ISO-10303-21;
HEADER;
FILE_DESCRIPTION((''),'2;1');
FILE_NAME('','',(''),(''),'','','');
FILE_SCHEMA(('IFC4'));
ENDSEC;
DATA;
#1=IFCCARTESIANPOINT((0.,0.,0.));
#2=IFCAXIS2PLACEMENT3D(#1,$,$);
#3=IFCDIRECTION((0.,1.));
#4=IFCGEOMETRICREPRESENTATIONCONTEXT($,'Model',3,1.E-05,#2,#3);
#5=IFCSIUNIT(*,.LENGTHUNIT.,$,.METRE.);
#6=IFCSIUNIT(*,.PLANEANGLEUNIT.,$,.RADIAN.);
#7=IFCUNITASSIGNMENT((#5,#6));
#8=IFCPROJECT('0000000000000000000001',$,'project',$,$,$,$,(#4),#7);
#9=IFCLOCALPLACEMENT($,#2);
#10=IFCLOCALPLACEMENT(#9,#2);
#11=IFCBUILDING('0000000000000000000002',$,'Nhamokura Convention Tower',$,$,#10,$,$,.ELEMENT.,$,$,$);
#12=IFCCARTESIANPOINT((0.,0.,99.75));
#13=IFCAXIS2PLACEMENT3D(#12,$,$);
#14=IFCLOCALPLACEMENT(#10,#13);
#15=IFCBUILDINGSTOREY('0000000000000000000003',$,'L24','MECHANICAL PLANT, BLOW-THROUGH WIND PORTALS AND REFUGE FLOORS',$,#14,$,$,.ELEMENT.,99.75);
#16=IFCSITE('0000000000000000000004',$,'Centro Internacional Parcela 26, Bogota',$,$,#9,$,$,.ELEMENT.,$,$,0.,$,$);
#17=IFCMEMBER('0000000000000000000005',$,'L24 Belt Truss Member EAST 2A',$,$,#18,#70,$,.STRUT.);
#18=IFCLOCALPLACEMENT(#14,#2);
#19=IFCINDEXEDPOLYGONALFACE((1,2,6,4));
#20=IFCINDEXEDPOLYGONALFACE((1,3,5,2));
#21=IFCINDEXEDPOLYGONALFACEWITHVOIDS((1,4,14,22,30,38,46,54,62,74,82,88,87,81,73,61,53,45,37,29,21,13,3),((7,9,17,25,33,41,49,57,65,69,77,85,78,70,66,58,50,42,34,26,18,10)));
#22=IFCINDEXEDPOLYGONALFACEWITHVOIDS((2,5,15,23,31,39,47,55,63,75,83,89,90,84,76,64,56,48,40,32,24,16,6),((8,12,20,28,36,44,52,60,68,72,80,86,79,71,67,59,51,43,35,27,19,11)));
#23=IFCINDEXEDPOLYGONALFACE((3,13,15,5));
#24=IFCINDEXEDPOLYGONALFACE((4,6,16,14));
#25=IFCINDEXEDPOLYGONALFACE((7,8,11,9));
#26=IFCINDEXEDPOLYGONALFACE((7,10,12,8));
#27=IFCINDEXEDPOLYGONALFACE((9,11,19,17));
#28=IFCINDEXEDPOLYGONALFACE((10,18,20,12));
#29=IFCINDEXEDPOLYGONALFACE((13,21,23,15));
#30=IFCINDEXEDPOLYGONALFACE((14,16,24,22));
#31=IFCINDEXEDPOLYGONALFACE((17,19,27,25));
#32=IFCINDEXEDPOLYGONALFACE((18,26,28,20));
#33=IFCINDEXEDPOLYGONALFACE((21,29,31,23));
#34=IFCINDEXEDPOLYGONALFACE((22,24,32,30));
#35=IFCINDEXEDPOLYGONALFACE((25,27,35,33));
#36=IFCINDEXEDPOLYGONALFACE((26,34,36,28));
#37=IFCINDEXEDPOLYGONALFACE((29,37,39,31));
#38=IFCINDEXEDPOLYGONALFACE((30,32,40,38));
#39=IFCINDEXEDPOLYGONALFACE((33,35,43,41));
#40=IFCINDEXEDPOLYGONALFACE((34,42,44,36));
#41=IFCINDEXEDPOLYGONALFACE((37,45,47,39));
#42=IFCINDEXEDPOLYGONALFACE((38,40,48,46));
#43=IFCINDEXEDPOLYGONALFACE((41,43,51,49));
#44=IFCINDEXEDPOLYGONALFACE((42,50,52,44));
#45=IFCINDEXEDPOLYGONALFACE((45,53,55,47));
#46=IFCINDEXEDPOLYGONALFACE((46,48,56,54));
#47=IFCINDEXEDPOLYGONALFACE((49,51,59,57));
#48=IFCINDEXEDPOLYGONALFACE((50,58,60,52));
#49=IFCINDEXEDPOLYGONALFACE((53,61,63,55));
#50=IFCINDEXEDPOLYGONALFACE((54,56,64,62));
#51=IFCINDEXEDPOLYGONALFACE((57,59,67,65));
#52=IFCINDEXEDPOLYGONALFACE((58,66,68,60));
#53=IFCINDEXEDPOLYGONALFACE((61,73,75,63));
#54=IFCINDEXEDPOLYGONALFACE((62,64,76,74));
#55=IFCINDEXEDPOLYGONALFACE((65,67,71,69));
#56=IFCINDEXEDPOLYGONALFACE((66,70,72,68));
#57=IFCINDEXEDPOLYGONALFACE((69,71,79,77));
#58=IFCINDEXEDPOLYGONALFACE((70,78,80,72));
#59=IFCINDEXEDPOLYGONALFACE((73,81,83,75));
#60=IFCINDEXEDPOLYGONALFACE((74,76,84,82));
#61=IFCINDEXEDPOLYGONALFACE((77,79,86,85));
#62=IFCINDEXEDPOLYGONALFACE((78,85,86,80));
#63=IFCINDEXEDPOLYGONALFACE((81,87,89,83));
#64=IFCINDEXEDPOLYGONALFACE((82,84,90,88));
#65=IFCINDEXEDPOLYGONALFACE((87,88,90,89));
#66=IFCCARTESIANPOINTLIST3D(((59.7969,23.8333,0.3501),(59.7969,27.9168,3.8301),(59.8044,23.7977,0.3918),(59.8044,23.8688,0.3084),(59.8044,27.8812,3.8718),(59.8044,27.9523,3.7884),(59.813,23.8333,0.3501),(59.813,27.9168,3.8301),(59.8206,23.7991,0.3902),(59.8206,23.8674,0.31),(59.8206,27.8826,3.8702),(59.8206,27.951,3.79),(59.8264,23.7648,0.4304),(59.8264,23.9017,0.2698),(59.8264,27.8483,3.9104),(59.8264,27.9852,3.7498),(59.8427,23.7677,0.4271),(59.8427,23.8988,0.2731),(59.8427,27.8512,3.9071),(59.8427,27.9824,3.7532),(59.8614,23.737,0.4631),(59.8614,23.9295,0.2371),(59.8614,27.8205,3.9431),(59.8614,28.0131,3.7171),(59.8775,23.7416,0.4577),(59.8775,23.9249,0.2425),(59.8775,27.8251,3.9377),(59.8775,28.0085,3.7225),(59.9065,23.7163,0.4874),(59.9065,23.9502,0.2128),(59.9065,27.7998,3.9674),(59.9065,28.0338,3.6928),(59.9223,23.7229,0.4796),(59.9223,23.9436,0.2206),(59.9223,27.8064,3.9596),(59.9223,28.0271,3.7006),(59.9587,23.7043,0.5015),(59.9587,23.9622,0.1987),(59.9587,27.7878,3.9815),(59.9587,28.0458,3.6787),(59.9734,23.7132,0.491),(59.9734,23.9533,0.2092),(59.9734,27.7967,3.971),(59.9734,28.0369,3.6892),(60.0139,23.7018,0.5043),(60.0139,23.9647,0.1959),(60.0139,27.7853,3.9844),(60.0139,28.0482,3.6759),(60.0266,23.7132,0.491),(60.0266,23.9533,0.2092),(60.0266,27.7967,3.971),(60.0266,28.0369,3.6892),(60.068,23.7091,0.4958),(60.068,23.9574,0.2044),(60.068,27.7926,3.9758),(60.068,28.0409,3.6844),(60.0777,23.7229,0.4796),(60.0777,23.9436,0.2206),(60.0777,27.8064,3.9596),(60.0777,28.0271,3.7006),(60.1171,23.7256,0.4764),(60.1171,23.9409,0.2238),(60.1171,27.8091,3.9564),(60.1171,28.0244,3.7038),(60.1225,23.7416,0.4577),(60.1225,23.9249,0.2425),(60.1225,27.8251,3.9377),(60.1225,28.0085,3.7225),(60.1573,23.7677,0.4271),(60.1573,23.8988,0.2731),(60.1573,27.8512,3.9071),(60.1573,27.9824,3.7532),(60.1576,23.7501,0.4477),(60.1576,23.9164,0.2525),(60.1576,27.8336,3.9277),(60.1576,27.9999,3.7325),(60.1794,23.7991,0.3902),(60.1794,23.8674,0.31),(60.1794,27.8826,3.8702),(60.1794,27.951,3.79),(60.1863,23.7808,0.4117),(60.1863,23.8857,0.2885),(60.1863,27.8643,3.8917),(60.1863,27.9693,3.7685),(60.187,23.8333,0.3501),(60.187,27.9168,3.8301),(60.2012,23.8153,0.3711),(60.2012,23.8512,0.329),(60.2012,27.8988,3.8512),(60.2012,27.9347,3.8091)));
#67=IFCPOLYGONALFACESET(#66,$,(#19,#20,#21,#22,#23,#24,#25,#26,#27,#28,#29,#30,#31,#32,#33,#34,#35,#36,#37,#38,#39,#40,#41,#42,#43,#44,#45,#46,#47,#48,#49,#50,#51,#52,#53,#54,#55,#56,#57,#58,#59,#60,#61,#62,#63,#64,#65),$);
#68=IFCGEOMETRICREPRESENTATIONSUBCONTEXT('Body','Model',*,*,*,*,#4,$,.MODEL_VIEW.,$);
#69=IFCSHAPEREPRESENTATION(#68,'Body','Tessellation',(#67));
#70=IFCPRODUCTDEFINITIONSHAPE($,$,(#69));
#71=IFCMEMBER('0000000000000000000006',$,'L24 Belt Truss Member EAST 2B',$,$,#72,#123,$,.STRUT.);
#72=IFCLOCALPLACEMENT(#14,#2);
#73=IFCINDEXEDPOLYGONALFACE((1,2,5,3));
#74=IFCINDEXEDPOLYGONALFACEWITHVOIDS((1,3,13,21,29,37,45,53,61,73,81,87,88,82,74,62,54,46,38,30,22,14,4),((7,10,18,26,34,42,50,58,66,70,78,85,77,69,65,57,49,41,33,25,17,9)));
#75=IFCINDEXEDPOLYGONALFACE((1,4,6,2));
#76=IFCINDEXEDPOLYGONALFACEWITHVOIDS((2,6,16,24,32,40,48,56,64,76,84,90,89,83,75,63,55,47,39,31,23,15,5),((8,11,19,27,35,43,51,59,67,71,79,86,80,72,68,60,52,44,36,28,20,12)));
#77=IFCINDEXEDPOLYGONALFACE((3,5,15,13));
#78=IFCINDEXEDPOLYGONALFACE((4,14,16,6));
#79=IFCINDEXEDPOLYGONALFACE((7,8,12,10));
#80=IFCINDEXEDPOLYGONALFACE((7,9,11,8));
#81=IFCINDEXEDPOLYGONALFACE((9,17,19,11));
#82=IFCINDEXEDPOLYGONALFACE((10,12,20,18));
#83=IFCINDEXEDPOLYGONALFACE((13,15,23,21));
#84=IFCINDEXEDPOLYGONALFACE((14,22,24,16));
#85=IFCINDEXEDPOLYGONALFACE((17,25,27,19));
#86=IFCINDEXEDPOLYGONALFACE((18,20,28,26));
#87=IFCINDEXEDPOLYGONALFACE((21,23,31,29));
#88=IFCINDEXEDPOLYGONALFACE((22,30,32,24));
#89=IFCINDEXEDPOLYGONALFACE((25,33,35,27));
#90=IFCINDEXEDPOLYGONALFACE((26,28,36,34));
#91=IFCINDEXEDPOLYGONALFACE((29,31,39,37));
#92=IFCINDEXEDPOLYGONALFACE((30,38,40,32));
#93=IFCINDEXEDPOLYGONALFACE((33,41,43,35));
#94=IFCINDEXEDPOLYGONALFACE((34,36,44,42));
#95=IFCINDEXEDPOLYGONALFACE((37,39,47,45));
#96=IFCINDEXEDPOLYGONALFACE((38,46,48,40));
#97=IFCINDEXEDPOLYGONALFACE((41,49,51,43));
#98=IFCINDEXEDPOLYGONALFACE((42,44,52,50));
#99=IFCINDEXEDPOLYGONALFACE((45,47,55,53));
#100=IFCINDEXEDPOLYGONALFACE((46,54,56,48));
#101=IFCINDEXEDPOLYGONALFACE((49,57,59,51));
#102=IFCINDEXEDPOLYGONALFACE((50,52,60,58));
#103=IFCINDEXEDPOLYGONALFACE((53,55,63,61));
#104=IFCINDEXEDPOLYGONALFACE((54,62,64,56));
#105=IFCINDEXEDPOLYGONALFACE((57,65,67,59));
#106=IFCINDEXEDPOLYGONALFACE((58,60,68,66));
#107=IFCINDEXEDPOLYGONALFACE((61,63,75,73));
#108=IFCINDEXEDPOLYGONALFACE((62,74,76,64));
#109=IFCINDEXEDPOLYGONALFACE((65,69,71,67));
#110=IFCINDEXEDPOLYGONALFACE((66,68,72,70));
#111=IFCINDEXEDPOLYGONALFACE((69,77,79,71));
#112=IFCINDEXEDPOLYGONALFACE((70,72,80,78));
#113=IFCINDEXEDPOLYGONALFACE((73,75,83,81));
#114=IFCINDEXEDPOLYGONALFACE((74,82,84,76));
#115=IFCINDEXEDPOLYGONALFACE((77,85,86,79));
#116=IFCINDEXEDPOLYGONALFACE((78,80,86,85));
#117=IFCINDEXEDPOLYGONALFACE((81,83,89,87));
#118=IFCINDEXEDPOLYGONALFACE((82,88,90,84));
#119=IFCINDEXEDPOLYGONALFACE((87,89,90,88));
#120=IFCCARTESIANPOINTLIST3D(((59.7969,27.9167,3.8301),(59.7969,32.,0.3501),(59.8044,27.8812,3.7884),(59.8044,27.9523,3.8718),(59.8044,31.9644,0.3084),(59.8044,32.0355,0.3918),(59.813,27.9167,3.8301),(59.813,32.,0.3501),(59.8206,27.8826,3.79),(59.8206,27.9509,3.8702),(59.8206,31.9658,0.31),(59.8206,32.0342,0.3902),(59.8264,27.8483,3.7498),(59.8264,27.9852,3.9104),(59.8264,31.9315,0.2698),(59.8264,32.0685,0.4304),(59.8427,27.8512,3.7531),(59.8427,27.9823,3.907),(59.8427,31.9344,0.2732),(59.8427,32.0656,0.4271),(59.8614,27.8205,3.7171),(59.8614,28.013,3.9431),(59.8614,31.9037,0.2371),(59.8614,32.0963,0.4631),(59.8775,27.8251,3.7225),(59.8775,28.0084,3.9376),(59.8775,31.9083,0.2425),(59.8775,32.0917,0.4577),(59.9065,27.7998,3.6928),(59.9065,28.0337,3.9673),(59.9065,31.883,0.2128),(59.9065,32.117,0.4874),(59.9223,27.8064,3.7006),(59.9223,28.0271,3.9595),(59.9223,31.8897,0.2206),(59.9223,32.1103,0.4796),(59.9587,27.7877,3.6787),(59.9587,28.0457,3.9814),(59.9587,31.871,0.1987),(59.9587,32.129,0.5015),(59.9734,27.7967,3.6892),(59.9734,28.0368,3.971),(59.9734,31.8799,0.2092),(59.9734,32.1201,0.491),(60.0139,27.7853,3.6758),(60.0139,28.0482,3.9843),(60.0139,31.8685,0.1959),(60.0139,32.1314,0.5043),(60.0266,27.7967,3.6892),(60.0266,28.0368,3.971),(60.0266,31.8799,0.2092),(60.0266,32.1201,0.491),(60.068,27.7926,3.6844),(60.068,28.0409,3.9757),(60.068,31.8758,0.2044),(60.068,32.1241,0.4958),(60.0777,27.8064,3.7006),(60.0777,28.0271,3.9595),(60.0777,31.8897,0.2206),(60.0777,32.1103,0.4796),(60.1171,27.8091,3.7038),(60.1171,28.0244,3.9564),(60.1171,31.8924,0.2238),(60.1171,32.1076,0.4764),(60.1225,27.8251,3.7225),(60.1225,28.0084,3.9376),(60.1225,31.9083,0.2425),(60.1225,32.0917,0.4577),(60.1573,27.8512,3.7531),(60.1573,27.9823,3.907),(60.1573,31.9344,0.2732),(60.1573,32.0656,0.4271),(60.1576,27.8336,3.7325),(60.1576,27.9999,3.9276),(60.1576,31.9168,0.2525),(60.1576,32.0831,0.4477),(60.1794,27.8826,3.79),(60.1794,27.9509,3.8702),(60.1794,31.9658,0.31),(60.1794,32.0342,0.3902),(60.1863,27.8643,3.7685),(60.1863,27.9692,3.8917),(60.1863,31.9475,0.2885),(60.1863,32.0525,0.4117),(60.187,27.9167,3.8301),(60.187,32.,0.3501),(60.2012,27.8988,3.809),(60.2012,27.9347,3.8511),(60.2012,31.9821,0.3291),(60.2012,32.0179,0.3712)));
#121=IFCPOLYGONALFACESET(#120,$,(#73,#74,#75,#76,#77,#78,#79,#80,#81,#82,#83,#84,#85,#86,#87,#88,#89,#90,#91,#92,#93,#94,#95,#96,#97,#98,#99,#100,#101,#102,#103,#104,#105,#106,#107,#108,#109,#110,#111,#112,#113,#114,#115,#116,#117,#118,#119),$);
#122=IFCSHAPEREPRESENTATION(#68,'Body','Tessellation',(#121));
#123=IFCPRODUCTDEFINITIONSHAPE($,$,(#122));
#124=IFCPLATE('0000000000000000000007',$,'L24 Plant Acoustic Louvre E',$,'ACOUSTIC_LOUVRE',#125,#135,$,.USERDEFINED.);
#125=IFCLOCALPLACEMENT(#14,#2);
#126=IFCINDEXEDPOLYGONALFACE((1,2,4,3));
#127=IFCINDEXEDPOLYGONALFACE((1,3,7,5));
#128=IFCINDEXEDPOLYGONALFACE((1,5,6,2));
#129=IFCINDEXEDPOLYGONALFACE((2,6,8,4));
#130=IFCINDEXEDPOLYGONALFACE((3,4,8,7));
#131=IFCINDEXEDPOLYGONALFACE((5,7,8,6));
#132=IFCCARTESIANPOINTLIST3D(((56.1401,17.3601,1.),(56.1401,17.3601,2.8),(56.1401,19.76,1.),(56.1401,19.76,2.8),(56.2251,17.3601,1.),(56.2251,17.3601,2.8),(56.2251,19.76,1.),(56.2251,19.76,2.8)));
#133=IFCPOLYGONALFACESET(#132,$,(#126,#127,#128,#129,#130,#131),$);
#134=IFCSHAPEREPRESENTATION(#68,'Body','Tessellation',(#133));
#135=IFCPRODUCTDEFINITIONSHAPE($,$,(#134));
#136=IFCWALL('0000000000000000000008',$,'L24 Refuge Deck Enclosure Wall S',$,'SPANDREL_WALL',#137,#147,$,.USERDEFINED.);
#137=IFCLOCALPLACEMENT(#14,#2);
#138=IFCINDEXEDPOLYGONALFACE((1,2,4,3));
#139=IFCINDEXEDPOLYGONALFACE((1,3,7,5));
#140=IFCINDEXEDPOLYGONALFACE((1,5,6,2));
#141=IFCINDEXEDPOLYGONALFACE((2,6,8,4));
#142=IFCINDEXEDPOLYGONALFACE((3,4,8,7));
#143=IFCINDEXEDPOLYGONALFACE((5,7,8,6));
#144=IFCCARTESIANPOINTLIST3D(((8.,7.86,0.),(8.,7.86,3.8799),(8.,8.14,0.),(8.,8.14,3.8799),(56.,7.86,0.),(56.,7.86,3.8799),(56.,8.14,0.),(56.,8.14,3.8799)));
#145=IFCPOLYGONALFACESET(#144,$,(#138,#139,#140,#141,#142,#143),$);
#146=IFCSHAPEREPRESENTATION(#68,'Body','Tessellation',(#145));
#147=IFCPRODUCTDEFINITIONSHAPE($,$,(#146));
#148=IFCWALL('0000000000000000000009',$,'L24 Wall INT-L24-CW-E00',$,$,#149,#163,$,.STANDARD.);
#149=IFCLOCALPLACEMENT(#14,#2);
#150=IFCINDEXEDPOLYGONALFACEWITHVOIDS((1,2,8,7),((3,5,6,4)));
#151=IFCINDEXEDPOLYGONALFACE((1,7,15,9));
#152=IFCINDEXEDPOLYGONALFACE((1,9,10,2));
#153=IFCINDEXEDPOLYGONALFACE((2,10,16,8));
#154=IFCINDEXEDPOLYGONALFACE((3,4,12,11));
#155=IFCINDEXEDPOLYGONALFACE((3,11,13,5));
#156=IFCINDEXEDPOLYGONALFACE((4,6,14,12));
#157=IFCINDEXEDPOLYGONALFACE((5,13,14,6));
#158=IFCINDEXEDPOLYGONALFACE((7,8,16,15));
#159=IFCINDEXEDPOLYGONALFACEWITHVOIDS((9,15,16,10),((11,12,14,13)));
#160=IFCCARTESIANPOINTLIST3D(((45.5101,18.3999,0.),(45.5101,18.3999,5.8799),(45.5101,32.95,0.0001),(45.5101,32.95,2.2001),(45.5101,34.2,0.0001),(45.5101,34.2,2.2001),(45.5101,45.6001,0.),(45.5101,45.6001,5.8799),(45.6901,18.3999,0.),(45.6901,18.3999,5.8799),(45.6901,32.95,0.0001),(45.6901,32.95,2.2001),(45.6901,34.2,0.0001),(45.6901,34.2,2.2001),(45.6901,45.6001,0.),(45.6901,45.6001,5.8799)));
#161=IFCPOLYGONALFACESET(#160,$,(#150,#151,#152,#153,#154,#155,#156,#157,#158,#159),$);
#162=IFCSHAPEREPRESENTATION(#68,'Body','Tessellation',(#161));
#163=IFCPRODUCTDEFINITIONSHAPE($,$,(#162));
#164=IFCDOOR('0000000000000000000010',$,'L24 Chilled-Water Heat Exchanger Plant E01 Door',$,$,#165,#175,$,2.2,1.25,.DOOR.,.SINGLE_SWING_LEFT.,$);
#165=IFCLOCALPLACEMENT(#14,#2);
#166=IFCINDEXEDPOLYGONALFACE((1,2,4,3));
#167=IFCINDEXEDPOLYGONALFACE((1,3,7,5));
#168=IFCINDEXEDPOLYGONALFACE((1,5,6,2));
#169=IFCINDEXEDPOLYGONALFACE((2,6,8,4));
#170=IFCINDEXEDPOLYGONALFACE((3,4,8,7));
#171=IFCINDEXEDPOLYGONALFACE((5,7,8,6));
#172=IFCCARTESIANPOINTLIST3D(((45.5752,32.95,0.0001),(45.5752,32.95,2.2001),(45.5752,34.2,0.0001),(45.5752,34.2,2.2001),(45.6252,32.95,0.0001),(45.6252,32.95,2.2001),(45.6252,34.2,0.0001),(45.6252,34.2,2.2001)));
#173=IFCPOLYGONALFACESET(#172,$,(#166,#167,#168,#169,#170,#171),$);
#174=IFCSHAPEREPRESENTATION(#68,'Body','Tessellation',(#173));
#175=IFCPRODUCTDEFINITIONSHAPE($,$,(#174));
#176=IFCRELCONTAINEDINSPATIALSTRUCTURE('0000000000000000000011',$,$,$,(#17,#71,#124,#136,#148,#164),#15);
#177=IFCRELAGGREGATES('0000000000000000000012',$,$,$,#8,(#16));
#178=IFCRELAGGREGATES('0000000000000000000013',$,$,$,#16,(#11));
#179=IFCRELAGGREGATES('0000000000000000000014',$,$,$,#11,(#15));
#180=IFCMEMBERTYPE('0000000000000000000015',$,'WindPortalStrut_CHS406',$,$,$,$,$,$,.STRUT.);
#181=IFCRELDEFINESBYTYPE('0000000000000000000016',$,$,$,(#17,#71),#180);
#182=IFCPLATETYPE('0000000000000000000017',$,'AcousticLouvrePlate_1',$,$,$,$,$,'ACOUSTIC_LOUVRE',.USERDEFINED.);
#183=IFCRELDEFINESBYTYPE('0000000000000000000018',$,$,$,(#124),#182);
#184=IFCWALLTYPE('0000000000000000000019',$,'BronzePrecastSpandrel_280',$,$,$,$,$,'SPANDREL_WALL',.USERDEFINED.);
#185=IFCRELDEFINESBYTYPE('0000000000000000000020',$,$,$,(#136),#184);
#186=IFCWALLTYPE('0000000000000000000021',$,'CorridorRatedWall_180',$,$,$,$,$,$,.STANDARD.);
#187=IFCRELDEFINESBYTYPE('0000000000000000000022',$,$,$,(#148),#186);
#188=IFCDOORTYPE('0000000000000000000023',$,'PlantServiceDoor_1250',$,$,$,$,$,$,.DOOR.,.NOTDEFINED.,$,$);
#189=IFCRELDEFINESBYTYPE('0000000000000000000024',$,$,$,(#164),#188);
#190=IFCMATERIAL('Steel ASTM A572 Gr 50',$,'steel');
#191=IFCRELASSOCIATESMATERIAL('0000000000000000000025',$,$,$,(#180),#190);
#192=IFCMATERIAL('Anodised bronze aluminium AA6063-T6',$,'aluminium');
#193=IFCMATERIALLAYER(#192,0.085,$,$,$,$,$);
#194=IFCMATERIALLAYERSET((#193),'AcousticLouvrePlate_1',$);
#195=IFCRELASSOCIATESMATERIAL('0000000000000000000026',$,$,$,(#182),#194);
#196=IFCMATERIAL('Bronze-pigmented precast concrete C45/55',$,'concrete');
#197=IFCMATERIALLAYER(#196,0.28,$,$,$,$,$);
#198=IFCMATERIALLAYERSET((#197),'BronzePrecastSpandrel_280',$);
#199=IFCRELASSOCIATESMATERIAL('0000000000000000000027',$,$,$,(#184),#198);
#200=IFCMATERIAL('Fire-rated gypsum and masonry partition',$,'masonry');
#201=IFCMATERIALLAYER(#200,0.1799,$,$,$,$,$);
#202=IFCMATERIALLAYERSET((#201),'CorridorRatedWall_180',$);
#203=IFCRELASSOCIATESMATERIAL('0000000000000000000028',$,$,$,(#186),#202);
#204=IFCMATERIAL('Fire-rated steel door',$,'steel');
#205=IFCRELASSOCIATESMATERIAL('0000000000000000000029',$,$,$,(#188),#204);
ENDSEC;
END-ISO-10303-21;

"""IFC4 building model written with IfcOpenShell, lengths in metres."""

from ifc_helpers import new_model, si_unit, direction, frame, frame_2d, origin, origin_2d, place, context, subcontext, project, spatial, rectangle, hollow_circle, extrude, material, layer, layer_set, material_profile, profile_set, type_object, element, fill, save


model = new_model("IFC4")

# Units and contexts
model_context = context("Model", 3, precision=1e-05, world=origin(), true_north=direction((0.0, 1.0)))
body_context = subcontext(model_context, "Body", "Model", "MODEL_VIEW")
ifc_project = project(units=[si_unit("LENGTHUNIT", "METRE"), si_unit("PLANEANGLEUNIT", "RADIAN")], contexts=[model_context])

# Site, building, storey
site_placement = place(None, origin())
site = spatial("IfcSite", under=ifc_project, at=site_placement, Name="Centro Internacional Parcela 26, Bogota", CompositionType="ELEMENT", RefElevation=0.0)
building_placement = place(site_placement, origin())
building = spatial("IfcBuilding", under=site, at=building_placement, Name="Nhamokura Convention Tower", CompositionType="ELEMENT")
storey_placement = place(building_placement, frame((0.0, 0.0, 99.75)))
storey = spatial("IfcBuildingStorey", under=building, at=storey_placement, Name="L24", Description="MECHANICAL PLANT, BLOW-THROUGH WIND PORTALS AND REFUGE FLOORS", CompositionType="ELEMENT", Elevation=99.75)

# Members
ifc_material_1 = material(Name="Steel ASTM A572 Gr 50", Category="steel")
ifc_material_profile_1 = material_profile(ifc_material_1, hollow_circle(Radius=0.2031, WallThickness=0.0161, at=origin_2d()))
ifc_profile_set_1 = profile_set([ifc_material_profile_1], Name="Steel ASTM A572 Gr 50")
member_type_1 = type_object("IfcMemberType", Name="WindPortalStrut_CHS406", PredefinedType="STRUT", material=ifc_profile_set_1)
member_1_placement = place(storey_placement, frame((60.0, 23.8333, 0.3501), z_axis=(0.0, 0.76111, 0.648623), x_axis=(-1.0, 0.0, 0.0)))
element("IfcMember", 1, at=member_1_placement, inside=storey, type_object=member_type_1, Name="L24 Belt Truss Member EAST 2A", PredefinedType="STRUT", context=body_context, shape_type="SweptSolid", body=[
    extrude(hollow_circle(Radius=0.2031, WallThickness=0.0161, at=origin_2d()), origin(), (0.0, 0.0, 1.0), 5.3652),
])
member_2_placement = place(storey_placement, frame((60.0, 27.9167, 3.8301), z_axis=(0.0, 0.761091, -0.648645), x_axis=(-1.0, 0.0, 0.0)))
element("IfcMember", 2, at=member_2_placement, inside=storey, type_object=member_type_1, Name="L24 Belt Truss Member EAST 2B", PredefinedType="STRUT", context=body_context, shape_type="SweptSolid", body=[
    extrude(hollow_circle(Radius=0.2031, WallThickness=0.0161, at=origin_2d()), origin(), (0.0, 0.0, 1.0), 5.365),
])

# Plate
ifc_material_2 = material(Name="Anodised bronze aluminium AA6063-T6", Category="aluminium")
ifc_layer_1 = layer(ifc_material_2, 0.085)
ifc_layer_set_1 = layer_set([ifc_layer_1], Name="AcousticLouvrePlate_1")
plate_type = type_object("IfcPlateType", Name="AcousticLouvrePlate_1", ElementType="ACOUSTIC_LOUVRE", PredefinedType="USERDEFINED", material=ifc_layer_set_1)
plate_placement = place(storey_placement, frame((56.1826, 18.5601, 1.0), z_axis=(0.0, 0.0, 1.0), x_axis=(0.0, -1.0, 0.0)))
element("IfcPlate", 3, at=plate_placement, inside=storey, type_object=plate_type, Name="L24 Plant Acoustic Louvre E", ObjectType="ACOUSTIC_LOUVRE", PredefinedType="USERDEFINED", context=body_context, shape_type="SweptSolid", body=[
    extrude(rectangle(XDim=2.3999, YDim=0.085, at=origin_2d()), origin(), (0.0, 0.0, 1.0), 1.8),
])

# Wall
ifc_material_3 = material(Name="Bronze-pigmented precast concrete C45/55", Category="concrete")
ifc_layer_2 = layer(ifc_material_3, 0.28)
ifc_layer_set_2 = layer_set([ifc_layer_2], Name="BronzePrecastSpandrel_280")
wall_type_1 = type_object("IfcWallType", Name="BronzePrecastSpandrel_280", ElementType="SPANDREL_WALL", PredefinedType="USERDEFINED", material=ifc_layer_set_2)
wall_1_placement = place(storey_placement, frame((56.0, 8.0, 0.0), z_axis=(0.0, 0.0, 1.0), x_axis=(-1.0, 0.0, 0.0)))
element("IfcWall", 4, at=wall_1_placement, inside=storey, type_object=wall_type_1, Name="L24 Refuge Deck Enclosure Wall S", ObjectType="SPANDREL_WALL", PredefinedType="USERDEFINED", context=body_context, shape_type="SweptSolid", body=[
    extrude(rectangle(XDim=48.0, YDim=0.28, at=frame_2d((24.0, 0.0))), origin(), (0.0, 0.0, 1.0), 3.8799),
])

# Wall, opening, door
ifc_material_4 = material(Name="Fire-rated gypsum and masonry partition", Category="masonry")
ifc_layer_3 = layer(ifc_material_4, 0.1799)
ifc_layer_set_3 = layer_set([ifc_layer_3], Name="CorridorRatedWall_180")
wall_type_2 = type_object("IfcWallType", Name="CorridorRatedWall_180", PredefinedType="STANDARD", material=ifc_layer_set_3)
wall_2_placement = place(storey_placement, frame((45.6001, 18.3999, 0.0), z_axis=(0.0, 0.0, 1.0), x_axis=(0.0, 1.0, 0.0)))
wall_2 = element("IfcWall", 5, at=wall_2_placement, inside=storey, type_object=wall_type_2, Name="L24 Wall INT-L24-CW-E00", PredefinedType="STANDARD", context=body_context, shape_type="SweptSolid", body=[
    extrude(rectangle(XDim=27.2002, YDim=0.1799, at=frame_2d((13.6001, 0.0))), origin(), (0.0, 0.0, 1.0), 5.8799),
])
opening_placement = place(wall_2_placement, frame((14.55, 0.0, 0.0)))
opening = element("IfcOpeningElement", 6, at=opening_placement, cuts=wall_2, PredefinedType="OPENING", context=body_context, shape_type="SweptSolid", body=[
    extrude(rectangle(XDim=1.25, YDim=2.2, at=frame_2d((0.625, 1.1001))), frame((0.0, 0.0999, 0.0), z_axis=(0.0, -1.0, 0.0), x_axis=(1.0, 0.0, 0.0)), (0.0, 0.0, 1.0), 0.2),
])
ifc_material_5 = material(Name="Fire-rated steel door", Category="steel")
door_type = type_object("IfcDoorType", Name="PlantServiceDoor_1250", OperationType="NOTDEFINED", PredefinedType="DOOR", material=ifc_material_5)
door_placement = place(opening_placement, origin())
door = element("IfcDoor", 7, at=door_placement, inside=storey, type_object=door_type, Name="L24 Chilled-Water Heat Exchanger Plant E01 Door", OperationType="SINGLE_SWING_LEFT", OverallHeight=2.2, OverallWidth=1.25, PredefinedType="DOOR", context=body_context, shape_type="SweptSolid", body=[
    extrude(rectangle(XDim=1.25, YDim=2.2, at=frame_2d((0.625, 1.1001))), frame((0.0, 0.0249, 0.0), z_axis=(0.0, -1.0, 0.0), x_axis=(1.0, 0.0, 0.0)), (0.0, 0.0, 1.0), 0.05),
])
fill(opening, door)

save(model, "model.ifc")
